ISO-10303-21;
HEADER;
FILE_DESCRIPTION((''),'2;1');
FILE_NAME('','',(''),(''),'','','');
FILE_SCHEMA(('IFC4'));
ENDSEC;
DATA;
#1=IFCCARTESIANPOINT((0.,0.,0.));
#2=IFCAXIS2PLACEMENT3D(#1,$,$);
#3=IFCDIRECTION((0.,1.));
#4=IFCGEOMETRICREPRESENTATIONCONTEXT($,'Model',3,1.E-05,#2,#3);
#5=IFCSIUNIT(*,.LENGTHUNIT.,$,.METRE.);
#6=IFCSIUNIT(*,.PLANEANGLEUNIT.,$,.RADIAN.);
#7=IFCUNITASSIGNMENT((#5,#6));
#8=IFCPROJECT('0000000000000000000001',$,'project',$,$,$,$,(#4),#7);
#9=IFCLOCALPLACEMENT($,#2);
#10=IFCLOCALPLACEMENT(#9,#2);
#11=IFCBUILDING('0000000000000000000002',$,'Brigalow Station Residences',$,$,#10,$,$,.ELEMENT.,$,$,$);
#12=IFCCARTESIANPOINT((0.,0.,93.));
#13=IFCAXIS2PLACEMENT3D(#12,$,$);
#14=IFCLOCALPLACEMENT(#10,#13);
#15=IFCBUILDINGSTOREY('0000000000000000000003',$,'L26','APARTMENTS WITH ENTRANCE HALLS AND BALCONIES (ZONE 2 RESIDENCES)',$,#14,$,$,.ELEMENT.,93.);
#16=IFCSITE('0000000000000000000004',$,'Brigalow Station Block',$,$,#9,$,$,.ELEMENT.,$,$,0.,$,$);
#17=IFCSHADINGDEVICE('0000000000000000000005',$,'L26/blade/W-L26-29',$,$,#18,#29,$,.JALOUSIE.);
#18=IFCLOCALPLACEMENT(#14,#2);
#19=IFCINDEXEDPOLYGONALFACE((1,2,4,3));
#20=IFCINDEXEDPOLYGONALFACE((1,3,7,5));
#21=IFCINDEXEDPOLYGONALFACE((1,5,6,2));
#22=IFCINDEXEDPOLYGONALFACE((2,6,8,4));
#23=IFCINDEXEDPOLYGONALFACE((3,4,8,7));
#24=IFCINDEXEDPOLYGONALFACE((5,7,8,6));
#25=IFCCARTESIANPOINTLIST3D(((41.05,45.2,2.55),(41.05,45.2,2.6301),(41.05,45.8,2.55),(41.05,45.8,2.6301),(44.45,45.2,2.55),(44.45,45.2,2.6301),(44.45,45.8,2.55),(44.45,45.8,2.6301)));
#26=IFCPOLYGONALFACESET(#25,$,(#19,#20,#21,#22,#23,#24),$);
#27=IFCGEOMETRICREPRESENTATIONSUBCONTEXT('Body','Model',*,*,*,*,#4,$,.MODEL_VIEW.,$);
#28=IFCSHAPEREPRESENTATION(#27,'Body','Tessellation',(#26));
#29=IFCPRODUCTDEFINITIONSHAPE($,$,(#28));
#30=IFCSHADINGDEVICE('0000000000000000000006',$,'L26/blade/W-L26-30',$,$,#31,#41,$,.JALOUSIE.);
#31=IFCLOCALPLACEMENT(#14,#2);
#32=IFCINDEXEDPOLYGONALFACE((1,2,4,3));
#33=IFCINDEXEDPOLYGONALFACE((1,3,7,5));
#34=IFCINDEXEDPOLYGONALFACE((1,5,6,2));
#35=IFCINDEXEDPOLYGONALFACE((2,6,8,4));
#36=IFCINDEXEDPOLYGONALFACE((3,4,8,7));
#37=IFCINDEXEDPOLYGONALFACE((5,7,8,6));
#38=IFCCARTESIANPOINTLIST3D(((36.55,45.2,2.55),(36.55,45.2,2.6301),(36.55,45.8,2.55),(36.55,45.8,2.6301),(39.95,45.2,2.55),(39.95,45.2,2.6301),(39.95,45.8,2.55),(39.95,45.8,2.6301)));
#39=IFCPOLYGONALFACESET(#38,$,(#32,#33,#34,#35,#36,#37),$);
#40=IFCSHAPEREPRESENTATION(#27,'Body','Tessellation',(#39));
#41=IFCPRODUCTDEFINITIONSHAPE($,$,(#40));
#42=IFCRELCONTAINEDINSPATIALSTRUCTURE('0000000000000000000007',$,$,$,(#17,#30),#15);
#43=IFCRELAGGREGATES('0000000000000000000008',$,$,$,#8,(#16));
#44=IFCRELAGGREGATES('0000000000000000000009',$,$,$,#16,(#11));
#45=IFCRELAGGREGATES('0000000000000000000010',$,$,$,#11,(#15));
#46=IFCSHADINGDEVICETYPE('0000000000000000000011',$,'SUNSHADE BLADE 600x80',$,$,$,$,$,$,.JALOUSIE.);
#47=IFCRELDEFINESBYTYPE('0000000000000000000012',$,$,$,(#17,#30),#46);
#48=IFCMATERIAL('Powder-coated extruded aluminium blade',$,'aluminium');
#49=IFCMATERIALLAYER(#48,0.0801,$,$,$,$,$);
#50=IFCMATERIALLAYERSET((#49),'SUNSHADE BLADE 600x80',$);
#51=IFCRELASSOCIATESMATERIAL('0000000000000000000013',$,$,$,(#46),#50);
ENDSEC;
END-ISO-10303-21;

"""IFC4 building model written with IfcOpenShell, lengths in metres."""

from ifc_helpers import new_model, si_unit, direction, frame, origin, origin_2d, place, context, subcontext, project, spatial, rectangle, extrude, material, layer, layer_set, type_object, element, save


model = new_model("IFC4")

# Units and contexts
model_context = context("Model", 3, precision=1e-05, world=origin(), true_north=direction((0.0, 1.0)))
body_context = subcontext(model_context, "Body", "Model", "MODEL_VIEW")
ifc_project = project(units=[si_unit("LENGTHUNIT", "METRE"), si_unit("PLANEANGLEUNIT", "RADIAN")], contexts=[model_context])

# Site, building, storey
site_placement = place(None, origin())
site = spatial("IfcSite", under=ifc_project, at=site_placement, Name="Brigalow Station Block", CompositionType="ELEMENT", RefElevation=0.0)
building_placement = place(site_placement, origin())
building = spatial("IfcBuilding", under=site, at=building_placement, Name="Brigalow Station Residences", CompositionType="ELEMENT")
storey_placement = place(building_placement, frame((0.0, 0.0, 93.0)))
storey = spatial("IfcBuildingStorey", under=building, at=storey_placement, Name="L26", Description="APARTMENTS WITH ENTRANCE HALLS AND BALCONIES (ZONE 2 RESIDENCES)", CompositionType="ELEMENT", Elevation=93.0)

# Shading devices
ifc_material_1 = material(Name="Powder-coated extruded aluminium blade", Category="aluminium")
ifc_layer_1 = layer(ifc_material_1, 0.0801)
ifc_layer_set_1 = layer_set([ifc_layer_1], Name="SUNSHADE BLADE 600x80")
shading_device_type = type_object("IfcShadingDeviceType", Name="SUNSHADE BLADE 600x80", PredefinedType="JALOUSIE", material=ifc_layer_set_1)
for number, where, z_axis, x_axis, name in (
    (1, (42.75, 45.5, 2.55), (0.0, 0.0, 1.0), (-1.0, 0.0, 0.0), "L26/blade/W-L26-29"),
    (2, (38.25, 45.5, 2.55), (0.0, 0.0, 1.0), (-1.0, 0.0, 0.0), "L26/blade/W-L26-30"),
):
    element("IfcShadingDevice", number, at=place(storey_placement, frame(where, z_axis=z_axis, x_axis=x_axis)), inside=storey, type_object=shading_device_type, Name=name, PredefinedType="JALOUSIE", context=body_context, shape_type="SweptSolid", body=[
        extrude(rectangle(XDim=3.3999, YDim=0.6001, at=origin_2d()), origin(), (0.0, 0.0, 1.0), 0.0801),
    ])

save(model, "model.ifc")
